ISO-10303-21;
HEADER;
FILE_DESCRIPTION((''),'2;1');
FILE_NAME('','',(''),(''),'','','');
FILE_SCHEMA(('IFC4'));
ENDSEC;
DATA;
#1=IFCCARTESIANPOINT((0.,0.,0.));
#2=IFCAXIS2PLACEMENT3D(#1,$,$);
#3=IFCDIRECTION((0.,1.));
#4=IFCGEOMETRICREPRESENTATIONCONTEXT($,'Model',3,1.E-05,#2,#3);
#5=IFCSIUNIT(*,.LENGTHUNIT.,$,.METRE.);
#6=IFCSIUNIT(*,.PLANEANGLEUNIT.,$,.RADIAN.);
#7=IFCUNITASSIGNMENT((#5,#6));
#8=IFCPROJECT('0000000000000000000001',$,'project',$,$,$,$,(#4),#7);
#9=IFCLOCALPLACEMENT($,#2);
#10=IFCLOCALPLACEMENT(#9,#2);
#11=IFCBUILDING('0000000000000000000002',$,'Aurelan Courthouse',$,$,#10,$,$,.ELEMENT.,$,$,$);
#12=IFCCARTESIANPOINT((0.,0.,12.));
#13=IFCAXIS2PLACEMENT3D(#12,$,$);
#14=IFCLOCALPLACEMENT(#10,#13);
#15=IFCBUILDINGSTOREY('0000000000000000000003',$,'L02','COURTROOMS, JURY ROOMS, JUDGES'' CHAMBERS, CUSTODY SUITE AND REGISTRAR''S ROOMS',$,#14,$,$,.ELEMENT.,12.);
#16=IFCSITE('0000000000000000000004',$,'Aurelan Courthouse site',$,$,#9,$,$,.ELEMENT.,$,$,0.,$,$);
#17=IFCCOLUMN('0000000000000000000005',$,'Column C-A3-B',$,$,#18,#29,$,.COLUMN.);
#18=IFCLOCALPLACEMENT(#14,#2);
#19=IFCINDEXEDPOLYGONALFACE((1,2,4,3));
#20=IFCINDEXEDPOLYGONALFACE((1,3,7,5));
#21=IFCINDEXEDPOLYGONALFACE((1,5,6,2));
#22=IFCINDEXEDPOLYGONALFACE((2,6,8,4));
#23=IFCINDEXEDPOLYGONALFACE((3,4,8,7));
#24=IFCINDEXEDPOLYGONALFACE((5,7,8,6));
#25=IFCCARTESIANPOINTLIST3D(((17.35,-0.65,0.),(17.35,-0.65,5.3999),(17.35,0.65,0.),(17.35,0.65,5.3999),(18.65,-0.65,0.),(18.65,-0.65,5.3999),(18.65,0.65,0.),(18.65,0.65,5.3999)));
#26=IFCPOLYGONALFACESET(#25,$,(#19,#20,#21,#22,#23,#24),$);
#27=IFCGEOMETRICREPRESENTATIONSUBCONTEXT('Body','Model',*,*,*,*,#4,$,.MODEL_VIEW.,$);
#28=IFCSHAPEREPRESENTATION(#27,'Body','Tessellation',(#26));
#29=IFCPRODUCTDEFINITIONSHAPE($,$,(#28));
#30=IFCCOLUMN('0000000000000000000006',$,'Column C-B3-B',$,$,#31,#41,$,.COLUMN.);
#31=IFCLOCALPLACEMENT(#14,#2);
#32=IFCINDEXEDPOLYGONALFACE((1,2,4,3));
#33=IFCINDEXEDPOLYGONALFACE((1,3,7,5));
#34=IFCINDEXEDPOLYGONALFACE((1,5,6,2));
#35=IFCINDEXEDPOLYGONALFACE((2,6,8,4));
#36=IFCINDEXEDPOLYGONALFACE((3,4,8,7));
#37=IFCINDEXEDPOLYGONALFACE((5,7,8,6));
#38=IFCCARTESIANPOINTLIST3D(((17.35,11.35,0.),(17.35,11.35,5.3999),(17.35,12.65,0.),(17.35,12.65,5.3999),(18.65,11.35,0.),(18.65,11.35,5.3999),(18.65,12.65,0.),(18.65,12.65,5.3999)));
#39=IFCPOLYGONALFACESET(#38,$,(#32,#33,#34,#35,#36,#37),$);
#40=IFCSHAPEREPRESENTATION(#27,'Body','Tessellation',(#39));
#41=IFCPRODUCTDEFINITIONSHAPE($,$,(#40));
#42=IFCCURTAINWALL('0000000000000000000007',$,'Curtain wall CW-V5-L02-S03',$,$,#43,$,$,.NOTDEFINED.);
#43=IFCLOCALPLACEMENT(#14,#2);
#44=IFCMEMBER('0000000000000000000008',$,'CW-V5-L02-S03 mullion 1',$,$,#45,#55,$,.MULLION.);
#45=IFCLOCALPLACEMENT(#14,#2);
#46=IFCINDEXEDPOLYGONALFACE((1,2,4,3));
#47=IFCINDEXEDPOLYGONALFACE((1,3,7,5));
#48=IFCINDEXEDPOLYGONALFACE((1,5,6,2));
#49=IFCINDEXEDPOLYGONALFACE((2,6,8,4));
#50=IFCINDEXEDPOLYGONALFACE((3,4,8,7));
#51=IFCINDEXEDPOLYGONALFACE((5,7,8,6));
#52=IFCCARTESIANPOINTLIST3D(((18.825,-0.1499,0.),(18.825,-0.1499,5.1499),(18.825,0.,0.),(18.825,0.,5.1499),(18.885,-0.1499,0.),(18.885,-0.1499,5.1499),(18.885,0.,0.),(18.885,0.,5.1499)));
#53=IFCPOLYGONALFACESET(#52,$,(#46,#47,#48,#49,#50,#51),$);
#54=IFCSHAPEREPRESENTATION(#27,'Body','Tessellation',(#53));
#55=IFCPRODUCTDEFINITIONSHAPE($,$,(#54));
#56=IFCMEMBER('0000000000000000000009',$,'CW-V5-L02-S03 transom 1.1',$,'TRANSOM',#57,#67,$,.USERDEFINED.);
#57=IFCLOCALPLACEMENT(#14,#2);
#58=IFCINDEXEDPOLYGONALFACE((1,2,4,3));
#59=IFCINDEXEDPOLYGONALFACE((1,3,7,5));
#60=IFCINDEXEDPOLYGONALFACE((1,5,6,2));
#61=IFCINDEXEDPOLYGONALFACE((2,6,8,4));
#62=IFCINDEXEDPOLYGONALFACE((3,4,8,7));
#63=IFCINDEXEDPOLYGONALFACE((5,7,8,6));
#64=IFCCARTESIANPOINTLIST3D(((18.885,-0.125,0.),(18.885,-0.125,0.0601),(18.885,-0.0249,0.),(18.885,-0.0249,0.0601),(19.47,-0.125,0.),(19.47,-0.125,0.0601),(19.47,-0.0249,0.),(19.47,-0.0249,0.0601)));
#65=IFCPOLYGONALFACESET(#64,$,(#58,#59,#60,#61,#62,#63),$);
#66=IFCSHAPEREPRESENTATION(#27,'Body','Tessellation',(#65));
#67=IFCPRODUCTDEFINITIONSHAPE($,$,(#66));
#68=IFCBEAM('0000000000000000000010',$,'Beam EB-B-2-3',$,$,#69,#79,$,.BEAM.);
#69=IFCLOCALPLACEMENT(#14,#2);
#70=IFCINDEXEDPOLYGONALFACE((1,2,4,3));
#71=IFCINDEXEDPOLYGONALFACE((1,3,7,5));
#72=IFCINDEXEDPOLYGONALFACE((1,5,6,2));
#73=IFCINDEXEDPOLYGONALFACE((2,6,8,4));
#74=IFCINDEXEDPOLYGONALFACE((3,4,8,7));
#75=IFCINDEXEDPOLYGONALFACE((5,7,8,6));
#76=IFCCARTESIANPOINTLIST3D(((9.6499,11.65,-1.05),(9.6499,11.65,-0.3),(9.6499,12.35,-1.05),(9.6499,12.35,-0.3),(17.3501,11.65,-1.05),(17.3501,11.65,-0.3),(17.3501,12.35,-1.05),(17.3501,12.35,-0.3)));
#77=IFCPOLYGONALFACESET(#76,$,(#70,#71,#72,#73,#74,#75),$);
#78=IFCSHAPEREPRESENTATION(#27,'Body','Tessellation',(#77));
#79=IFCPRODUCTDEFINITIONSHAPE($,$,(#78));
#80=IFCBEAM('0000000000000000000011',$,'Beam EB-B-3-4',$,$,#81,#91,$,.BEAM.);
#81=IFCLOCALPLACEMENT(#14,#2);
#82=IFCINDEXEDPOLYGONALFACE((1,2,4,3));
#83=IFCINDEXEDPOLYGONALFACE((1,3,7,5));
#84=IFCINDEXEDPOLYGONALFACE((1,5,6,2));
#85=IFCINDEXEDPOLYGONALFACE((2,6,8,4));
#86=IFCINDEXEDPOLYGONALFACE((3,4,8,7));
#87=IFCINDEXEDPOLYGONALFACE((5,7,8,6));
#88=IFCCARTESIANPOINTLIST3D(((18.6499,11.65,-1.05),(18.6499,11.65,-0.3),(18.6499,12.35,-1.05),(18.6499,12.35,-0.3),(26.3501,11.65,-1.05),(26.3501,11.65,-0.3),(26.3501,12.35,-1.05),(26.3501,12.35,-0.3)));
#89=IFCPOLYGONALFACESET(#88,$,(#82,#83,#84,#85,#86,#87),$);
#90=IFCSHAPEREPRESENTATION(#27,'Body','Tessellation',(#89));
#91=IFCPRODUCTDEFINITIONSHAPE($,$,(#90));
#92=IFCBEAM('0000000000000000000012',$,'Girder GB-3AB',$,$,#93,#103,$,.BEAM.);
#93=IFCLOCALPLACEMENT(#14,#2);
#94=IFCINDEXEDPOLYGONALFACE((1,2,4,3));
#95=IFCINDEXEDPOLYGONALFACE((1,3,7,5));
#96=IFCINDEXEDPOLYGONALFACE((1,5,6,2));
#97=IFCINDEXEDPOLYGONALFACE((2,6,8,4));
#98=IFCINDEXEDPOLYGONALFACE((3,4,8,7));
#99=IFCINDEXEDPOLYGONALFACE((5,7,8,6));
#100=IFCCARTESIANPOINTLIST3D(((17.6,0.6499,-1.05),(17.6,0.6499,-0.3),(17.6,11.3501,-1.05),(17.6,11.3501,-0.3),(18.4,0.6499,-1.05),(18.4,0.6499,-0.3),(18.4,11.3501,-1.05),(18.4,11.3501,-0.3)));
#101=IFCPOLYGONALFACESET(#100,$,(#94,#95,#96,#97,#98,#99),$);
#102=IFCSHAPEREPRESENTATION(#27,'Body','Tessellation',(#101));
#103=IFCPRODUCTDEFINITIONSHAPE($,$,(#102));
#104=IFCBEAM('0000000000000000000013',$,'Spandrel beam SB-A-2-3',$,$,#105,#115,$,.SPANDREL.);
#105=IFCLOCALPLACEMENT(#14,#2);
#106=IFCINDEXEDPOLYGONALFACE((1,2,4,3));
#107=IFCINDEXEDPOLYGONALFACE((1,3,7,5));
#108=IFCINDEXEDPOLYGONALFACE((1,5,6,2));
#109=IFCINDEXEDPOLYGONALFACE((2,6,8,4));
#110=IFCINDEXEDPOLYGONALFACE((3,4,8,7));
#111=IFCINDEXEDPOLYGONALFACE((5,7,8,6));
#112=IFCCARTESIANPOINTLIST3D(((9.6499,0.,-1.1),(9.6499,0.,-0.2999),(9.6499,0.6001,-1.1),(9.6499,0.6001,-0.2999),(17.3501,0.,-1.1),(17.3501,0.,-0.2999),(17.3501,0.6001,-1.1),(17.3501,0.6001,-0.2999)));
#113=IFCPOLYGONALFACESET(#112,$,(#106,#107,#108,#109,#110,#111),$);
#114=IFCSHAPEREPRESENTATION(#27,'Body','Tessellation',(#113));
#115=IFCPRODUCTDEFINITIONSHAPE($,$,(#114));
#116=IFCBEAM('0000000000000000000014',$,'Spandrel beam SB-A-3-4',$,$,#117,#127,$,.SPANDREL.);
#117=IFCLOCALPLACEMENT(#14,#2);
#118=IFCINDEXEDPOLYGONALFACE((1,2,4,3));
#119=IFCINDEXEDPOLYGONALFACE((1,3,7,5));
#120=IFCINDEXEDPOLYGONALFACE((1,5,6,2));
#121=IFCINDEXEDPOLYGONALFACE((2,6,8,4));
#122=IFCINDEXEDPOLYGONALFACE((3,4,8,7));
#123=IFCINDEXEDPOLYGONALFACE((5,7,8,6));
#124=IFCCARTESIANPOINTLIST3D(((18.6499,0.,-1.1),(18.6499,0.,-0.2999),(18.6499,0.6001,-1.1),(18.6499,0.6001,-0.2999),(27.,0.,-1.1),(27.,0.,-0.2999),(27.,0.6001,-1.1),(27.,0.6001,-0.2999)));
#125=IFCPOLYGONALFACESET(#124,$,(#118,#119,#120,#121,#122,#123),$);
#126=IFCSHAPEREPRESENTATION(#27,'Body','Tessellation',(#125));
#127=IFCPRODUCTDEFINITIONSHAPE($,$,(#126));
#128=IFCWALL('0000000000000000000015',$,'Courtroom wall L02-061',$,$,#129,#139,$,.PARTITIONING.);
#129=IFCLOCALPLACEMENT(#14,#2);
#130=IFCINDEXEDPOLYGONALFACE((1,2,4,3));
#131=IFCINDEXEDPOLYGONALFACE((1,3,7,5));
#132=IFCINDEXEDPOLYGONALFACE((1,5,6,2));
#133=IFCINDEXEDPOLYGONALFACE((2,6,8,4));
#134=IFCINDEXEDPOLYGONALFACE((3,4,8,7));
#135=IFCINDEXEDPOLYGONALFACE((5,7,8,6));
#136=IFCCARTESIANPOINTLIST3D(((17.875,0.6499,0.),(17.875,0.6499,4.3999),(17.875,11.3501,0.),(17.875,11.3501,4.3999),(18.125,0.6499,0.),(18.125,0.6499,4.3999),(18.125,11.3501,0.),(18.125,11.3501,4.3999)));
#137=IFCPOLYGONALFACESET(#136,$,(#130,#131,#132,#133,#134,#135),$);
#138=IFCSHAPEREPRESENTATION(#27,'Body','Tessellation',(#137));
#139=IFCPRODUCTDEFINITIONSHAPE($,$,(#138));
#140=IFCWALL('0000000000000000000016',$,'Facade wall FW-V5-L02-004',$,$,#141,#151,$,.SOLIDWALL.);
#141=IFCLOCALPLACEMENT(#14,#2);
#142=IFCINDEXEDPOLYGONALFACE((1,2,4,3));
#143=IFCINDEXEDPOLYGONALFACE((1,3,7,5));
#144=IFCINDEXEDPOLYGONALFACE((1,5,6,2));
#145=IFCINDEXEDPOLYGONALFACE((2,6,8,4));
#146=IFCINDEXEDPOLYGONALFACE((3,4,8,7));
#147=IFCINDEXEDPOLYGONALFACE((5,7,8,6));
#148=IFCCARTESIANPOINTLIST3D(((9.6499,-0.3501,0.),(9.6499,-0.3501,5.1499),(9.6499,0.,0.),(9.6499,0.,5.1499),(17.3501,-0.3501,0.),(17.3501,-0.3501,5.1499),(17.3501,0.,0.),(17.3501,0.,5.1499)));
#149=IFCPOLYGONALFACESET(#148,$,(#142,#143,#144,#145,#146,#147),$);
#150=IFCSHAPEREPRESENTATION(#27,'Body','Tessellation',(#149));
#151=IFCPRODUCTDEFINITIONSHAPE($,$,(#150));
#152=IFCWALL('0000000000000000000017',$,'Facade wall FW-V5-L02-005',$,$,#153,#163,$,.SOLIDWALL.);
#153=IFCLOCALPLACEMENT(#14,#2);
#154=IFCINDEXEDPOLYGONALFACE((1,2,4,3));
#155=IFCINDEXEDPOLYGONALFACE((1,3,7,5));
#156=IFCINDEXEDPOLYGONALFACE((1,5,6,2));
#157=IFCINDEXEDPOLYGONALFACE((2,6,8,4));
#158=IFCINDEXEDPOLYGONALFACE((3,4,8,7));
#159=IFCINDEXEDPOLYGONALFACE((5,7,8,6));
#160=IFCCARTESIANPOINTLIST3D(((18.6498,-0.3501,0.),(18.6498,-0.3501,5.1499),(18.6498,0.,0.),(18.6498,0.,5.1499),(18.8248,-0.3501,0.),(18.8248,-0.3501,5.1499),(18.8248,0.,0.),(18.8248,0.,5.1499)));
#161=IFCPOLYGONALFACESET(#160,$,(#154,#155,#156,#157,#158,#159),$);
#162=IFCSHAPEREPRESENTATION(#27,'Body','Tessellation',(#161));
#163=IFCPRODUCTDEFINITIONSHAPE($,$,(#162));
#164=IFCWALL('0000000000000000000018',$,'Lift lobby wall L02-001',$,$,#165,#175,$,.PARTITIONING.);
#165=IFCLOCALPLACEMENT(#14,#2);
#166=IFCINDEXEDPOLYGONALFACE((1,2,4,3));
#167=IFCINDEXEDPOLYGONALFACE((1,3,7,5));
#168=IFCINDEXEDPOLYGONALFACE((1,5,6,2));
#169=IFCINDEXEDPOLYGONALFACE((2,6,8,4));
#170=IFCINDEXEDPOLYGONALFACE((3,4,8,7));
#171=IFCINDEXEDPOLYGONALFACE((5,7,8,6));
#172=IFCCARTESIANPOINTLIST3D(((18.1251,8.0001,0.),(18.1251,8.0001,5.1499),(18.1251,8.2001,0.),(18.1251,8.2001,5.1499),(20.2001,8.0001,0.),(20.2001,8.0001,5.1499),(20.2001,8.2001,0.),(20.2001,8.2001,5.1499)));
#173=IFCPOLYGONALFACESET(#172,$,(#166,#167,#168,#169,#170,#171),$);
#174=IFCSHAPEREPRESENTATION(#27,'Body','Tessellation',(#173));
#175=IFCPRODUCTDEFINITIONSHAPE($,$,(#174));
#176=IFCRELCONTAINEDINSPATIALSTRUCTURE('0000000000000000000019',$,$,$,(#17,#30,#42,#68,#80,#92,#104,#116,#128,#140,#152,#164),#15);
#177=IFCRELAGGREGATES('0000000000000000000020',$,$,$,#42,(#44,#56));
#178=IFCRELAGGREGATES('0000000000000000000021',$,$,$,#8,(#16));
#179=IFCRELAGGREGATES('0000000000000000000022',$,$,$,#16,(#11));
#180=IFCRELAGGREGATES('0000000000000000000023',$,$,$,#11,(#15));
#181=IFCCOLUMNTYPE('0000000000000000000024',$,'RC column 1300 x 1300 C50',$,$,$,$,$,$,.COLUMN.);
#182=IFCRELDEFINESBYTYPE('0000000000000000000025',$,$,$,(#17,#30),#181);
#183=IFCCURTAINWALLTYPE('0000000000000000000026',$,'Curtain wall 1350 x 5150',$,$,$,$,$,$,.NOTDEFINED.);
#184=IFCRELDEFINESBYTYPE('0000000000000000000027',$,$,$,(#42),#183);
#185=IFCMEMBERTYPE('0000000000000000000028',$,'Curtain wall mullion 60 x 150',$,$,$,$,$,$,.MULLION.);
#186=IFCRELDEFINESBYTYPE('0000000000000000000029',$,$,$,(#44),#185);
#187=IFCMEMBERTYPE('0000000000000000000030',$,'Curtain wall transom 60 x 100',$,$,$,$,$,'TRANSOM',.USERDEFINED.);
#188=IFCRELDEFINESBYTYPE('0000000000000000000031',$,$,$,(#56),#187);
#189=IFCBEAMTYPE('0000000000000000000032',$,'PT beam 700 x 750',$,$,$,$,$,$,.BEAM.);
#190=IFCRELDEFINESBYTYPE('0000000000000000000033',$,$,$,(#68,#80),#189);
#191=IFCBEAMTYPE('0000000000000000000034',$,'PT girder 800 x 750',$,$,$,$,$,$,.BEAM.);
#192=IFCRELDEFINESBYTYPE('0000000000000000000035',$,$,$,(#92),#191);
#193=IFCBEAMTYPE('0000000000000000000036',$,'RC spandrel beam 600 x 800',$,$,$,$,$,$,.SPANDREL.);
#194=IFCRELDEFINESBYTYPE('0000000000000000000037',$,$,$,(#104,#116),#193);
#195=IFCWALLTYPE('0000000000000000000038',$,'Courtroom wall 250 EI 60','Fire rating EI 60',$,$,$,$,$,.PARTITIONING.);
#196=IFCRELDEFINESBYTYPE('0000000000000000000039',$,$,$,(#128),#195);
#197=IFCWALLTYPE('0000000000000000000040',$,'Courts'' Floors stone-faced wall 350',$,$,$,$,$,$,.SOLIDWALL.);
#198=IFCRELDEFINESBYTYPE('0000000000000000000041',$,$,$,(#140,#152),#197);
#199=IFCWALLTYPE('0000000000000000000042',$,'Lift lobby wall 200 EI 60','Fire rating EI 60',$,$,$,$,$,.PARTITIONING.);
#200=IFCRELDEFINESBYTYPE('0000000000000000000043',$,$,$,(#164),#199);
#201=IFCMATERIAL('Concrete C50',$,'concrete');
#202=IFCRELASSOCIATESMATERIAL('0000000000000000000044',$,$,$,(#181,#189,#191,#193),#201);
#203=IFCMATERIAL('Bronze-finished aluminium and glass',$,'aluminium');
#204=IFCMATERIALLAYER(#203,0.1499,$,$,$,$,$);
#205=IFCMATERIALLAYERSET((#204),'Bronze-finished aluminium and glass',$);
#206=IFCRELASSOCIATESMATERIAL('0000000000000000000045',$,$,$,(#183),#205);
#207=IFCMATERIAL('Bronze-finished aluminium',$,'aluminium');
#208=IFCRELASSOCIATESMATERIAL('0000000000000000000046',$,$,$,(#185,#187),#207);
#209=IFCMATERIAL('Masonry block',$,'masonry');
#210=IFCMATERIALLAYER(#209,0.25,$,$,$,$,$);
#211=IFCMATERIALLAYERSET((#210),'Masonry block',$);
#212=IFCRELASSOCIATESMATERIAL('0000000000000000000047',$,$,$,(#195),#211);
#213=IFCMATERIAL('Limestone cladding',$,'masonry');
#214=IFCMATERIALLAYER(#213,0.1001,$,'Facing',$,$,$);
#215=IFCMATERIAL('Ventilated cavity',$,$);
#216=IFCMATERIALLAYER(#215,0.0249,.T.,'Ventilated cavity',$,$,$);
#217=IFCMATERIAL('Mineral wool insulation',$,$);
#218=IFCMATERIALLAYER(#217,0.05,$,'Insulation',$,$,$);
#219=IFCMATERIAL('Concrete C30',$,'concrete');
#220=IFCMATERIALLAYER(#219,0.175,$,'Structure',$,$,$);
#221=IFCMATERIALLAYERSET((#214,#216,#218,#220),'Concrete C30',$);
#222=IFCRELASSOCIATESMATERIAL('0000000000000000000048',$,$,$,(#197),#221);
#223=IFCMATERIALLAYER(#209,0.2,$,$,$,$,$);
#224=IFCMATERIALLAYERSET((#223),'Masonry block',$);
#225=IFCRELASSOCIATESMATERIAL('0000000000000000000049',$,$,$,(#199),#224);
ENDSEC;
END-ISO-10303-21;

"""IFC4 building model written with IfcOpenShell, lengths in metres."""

from ifc_helpers import new_model, si_unit, direction, frame, frame_2d, origin, origin_2d, place, context, subcontext, project, spatial, rectangle, extrude, material, layer, layer_set, material_profile, profile_set, type_object, element, aggregate, save


model = new_model("IFC4")

# Units and contexts
model_context = context("Model", 3, precision=1e-05, world=origin(), true_north=direction((0.0, 1.0)))
body_context = subcontext(model_context, "Body", "Model", "MODEL_VIEW")
ifc_project = project(units=[si_unit("LENGTHUNIT", "METRE"), si_unit("PLANEANGLEUNIT", "RADIAN")], contexts=[model_context])

# Site, building, storey
site_placement = place(None, origin())
site = spatial("IfcSite", under=ifc_project, at=site_placement, Name="Aurelan Courthouse site", CompositionType="ELEMENT", RefElevation=0.0)
building_placement = place(site_placement, origin())
building = spatial("IfcBuilding", under=site, at=building_placement, Name="Aurelan Courthouse", CompositionType="ELEMENT")
storey_placement = place(building_placement, frame((0.0, 0.0, 12.0)))
storey = spatial("IfcBuildingStorey", under=building, at=storey_placement, Name="L02", Description="COURTROOMS, JURY ROOMS, JUDGES' CHAMBERS, CUSTODY SUITE AND REGISTRAR'S ROOMS", CompositionType="ELEMENT", Elevation=12.0)

# Columns
ifc_material_1 = material(Name="Concrete C50", Category="concrete")
ifc_material_profile_1 = material_profile(ifc_material_1, rectangle(XDim=1.3, YDim=1.3, at=origin_2d()), Name="RC 1300 x 1300")
ifc_profile_set_1 = profile_set([ifc_material_profile_1], Name="Concrete C50")
column_type = type_object("IfcColumnType", Name="RC column 1300 x 1300 C50", PredefinedType="COLUMN", material=ifc_profile_set_1)
for number, where, z_axis, x_axis, name in (
    (1, (18.0, 0.0, 0.0), (0.0, 0.0, 1.0), (1.0, 0.0, 0.0), "Column C-A3-B"),
    (2, (18.0, 12.0, 0.0), (0.0, 0.0, 1.0), (1.0, 0.0, 0.0), "Column C-B3-B"),
):
    element("IfcColumn", number, at=place(storey_placement, frame(where, z_axis=z_axis, x_axis=x_axis)), inside=storey, type_object=column_type, Name=name, PredefinedType="COLUMN", context=body_context, shape_type="SweptSolid", body=[
        extrude(rectangle(XDim=1.3, YDim=1.3, at=origin_2d()), origin(), (0.0, 0.0, 1.0), 5.3999),
    ])

# Curtain wall, members
ifc_material_2 = material(Name="Bronze-finished aluminium and glass", Category="aluminium")
ifc_layer_1 = layer(ifc_material_2, 0.1499)
ifc_layer_set_1 = layer_set([ifc_layer_1], Name="Bronze-finished aluminium and glass")
curtain_wall_type = type_object("IfcCurtainWallType", Name="Curtain wall 1350 x 5150", PredefinedType="NOTDEFINED", material=ifc_layer_set_1)
curtain_wall_placement = place(storey_placement, origin())
curtain_wall = element("IfcCurtainWall", 3, at=curtain_wall_placement, inside=storey, type_object=curtain_wall_type, Name="Curtain wall CW-V5-L02-S03", PredefinedType="NOTDEFINED")
ifc_material_3 = material(Name="Bronze-finished aluminium", Category="aluminium")
ifc_material_profile_2 = material_profile(ifc_material_3, rectangle(XDim=0.1499, YDim=0.0601, at=origin_2d()), Name="Bronze mullion 60 x 150")
ifc_profile_set_2 = profile_set([ifc_material_profile_2], Name="Bronze-finished aluminium")
member_type_1 = type_object("IfcMemberType", Name="Curtain wall mullion 60 x 150", PredefinedType="MULLION", material=ifc_profile_set_2)
member_1_placement = place(storey_placement, frame((18.855, -0.075, 0.0), z_axis=(0.0, 0.0, 1.0), x_axis=(0.0, 1.0, 0.0)))
member_1 = element("IfcMember", 4, at=member_1_placement, type_object=member_type_1, Name="CW-V5-L02-S03 mullion 1", PredefinedType="MULLION", context=body_context, shape_type="SweptSolid", body=[
    extrude(rectangle(XDim=0.1499, YDim=0.0601, at=origin_2d()), origin(), (0.0, 0.0, 1.0), 5.1499),
])
ifc_material_profile_3 = material_profile(ifc_material_3, rectangle(XDim=0.1001, YDim=0.0601, at=origin_2d()), Name="Bronze transom 60 x 100")
ifc_profile_set_3 = profile_set([ifc_material_profile_3], Name="Bronze-finished aluminium")
member_type_2 = type_object("IfcMemberType", Name="Curtain wall transom 60 x 100", ElementType="TRANSOM", PredefinedType="USERDEFINED", material=ifc_profile_set_3)
member_2_placement = place(storey_placement, frame((18.885, -0.075, 0.03), z_axis=(1.0, 0.0, 0.0), x_axis=(0.0, 1.0, 0.0)))
member_2 = element("IfcMember", 5, at=member_2_placement, type_object=member_type_2, Name="CW-V5-L02-S03 transom 1.1", ObjectType="TRANSOM", PredefinedType="USERDEFINED", context=body_context, shape_type="SweptSolid", body=[
    extrude(rectangle(XDim=0.1001, YDim=0.0601, at=origin_2d()), origin(), (0.0, 0.0, 1.0), 0.585),
])
aggregate(curtain_wall, [member_1, member_2])

# Beams
ifc_material_profile_4 = material_profile(ifc_material_1, rectangle(XDim=0.7, YDim=0.75, at=origin_2d()), Name="RC 700 x 750")
ifc_profile_set_4 = profile_set([ifc_material_profile_4], Name="Concrete C50")
beam_type_1 = type_object("IfcBeamType", Name="PT beam 700 x 750", PredefinedType="BEAM", material=ifc_profile_set_4)
for number, where, z_axis, x_axis, name in (
    (6, (9.6499, 12.0, -0.675), (1.0, 0.0, 0.0), (0.0, 1.0, 0.0), "Beam EB-B-2-3"),
    (7, (18.6499, 12.0, -0.675), (1.0, 0.0, 0.0), (0.0, 1.0, 0.0), "Beam EB-B-3-4"),
):
    element("IfcBeam", number, at=place(storey_placement, frame(where, z_axis=z_axis, x_axis=x_axis)), inside=storey, type_object=beam_type_1, Name=name, PredefinedType="BEAM", context=body_context, shape_type="SweptSolid", body=[
        extrude(rectangle(XDim=0.7, YDim=0.75, at=origin_2d()), origin(), (0.0, 0.0, 1.0), 7.7002),
    ])
ifc_material_profile_5 = material_profile(ifc_material_1, rectangle(XDim=0.8, YDim=0.75, at=origin_2d()), Name="RC 800 x 750")
ifc_profile_set_5 = profile_set([ifc_material_profile_5], Name="Concrete C50")
beam_type_2 = type_object("IfcBeamType", Name="PT girder 800 x 750", PredefinedType="BEAM", material=ifc_profile_set_5)
beam_1_placement = place(storey_placement, frame((18.0, 0.6499, -0.675), z_axis=(0.0, 1.0, 0.0), x_axis=(-1.0, 0.0, 0.0)))
element("IfcBeam", 8, at=beam_1_placement, inside=storey, type_object=beam_type_2, Name="Girder GB-3AB", PredefinedType="BEAM", context=body_context, shape_type="SweptSolid", body=[
    extrude(rectangle(XDim=0.8, YDim=0.75, at=origin_2d()), origin(), (0.0, 0.0, 1.0), 10.7002),
])
ifc_material_profile_6 = material_profile(ifc_material_1, rectangle(XDim=0.6001, YDim=0.8, at=origin_2d()), Name="RC 600 x 800")
ifc_profile_set_6 = profile_set([ifc_material_profile_6], Name="Concrete C50")
beam_type_3 = type_object("IfcBeamType", Name="RC spandrel beam 600 x 800", PredefinedType="SPANDREL", material=ifc_profile_set_6)
beam_2_placement = place(storey_placement, frame((9.6499, 0.3, -0.7), z_axis=(1.0, 0.0, 0.0), x_axis=(0.0, 1.0, 0.0)))
element("IfcBeam", 9, at=beam_2_placement, inside=storey, type_object=beam_type_3, Name="Spandrel beam SB-A-2-3", PredefinedType="SPANDREL", context=body_context, shape_type="SweptSolid", body=[
    extrude(rectangle(XDim=0.6001, YDim=0.8, at=origin_2d()), origin(), (0.0, 0.0, 1.0), 7.7002),
])
beam_3_placement = place(storey_placement, frame((18.6499, 0.3, -0.7), z_axis=(1.0, 0.0, 0.0), x_axis=(0.0, 1.0, 0.0)))
element("IfcBeam", 10, at=beam_3_placement, inside=storey, type_object=beam_type_3, Name="Spandrel beam SB-A-3-4", PredefinedType="SPANDREL", context=body_context, shape_type="SweptSolid", body=[
    extrude(rectangle(XDim=0.6001, YDim=0.8, at=origin_2d()), origin(), (0.0, 0.0, 1.0), 8.3501),
])

# Walls
ifc_material_4 = material(Name="Masonry block", Category="masonry")
ifc_layer_2 = layer(ifc_material_4, 0.25)
ifc_layer_set_2 = layer_set([ifc_layer_2], Name="Masonry block")
wall_type_1 = type_object("IfcWallType", Name="Courtroom wall 250 EI 60", Description="Fire rating EI 60", PredefinedType="PARTITIONING", material=ifc_layer_set_2)
wall_1_placement = place(storey_placement, frame((18.0, 0.6499, 0.0), z_axis=(0.0, 0.0, 1.0), x_axis=(0.0, 1.0, 0.0)))
element("IfcWall", 11, at=wall_1_placement, inside=storey, type_object=wall_type_1, Name="Courtroom wall L02-061", PredefinedType="PARTITIONING", context=body_context, shape_type="SweptSolid", body=[
    extrude(rectangle(XDim=10.7002, YDim=0.25, at=frame_2d((5.3501, 0.0))), origin(), (0.0, 0.0, 1.0), 4.3999),
])
ifc_material_5 = material(Name="Limestone cladding", Category="masonry")
ifc_layer_3 = layer(ifc_material_5, 0.1001, Name="Facing")
ifc_material_6 = material(Name="Ventilated cavity")
ifc_layer_4 = layer(ifc_material_6, 0.0249, ventilated=True, Name="Ventilated cavity")
ifc_material_7 = material(Name="Mineral wool insulation")
ifc_layer_5 = layer(ifc_material_7, 0.05, Name="Insulation")
ifc_material_8 = material(Name="Concrete C30", Category="concrete")
ifc_layer_6 = layer(ifc_material_8, 0.175, Name="Structure")
ifc_layer_set_3 = layer_set([ifc_layer_3, ifc_layer_4, ifc_layer_5, ifc_layer_6], Name="Concrete C30")
wall_type_2 = type_object("IfcWallType", Name="Courts' Floors stone-faced wall 350", PredefinedType="SOLIDWALL", material=ifc_layer_set_3)
wall_2_placement = place(storey_placement, frame((9.6499, -0.175, 0.0), z_axis=(0.0, 0.0, 1.0), x_axis=(1.0, 0.0, 0.0)))
element("IfcWall", 12, at=wall_2_placement, inside=storey, type_object=wall_type_2, Name="Facade wall FW-V5-L02-004", PredefinedType="SOLIDWALL", context=body_context, shape_type="SweptSolid", body=[
    extrude(rectangle(XDim=7.7002, YDim=0.3501, at=frame_2d((3.8501, 0.0))), origin(), (0.0, 0.0, 1.0), 5.1499),
])
wall_3_placement = place(storey_placement, frame((18.6499, -0.175, 0.0), z_axis=(0.0, 0.0, 1.0), x_axis=(1.0, 0.0, 0.0)))
element("IfcWall", 13, at=wall_3_placement, inside=storey, type_object=wall_type_2, Name="Facade wall FW-V5-L02-005", PredefinedType="SOLIDWALL", context=body_context, shape_type="SweptSolid", body=[
    extrude(rectangle(XDim=0.175, YDim=0.3501, at=frame_2d((0.0874, 0.0))), origin(), (0.0, 0.0, 1.0), 5.1499),
])
ifc_layer_7 = layer(ifc_material_4, 0.2)
ifc_layer_set_4 = layer_set([ifc_layer_7], Name="Masonry block")
wall_type_3 = type_object("IfcWallType", Name="Lift lobby wall 200 EI 60", Description="Fire rating EI 60", PredefinedType="PARTITIONING", material=ifc_layer_set_4)
wall_4_placement = place(storey_placement, frame((18.125, 8.1001, 0.0), z_axis=(0.0, 0.0, 1.0), x_axis=(1.0, 0.0, 0.0)))
element("IfcWall", 14, at=wall_4_placement, inside=storey, type_object=wall_type_3, Name="Lift lobby wall L02-001", PredefinedType="PARTITIONING", context=body_context, shape_type="SweptSolid", body=[
    extrude(rectangle(XDim=2.075, YDim=0.2, at=frame_2d((1.0376, 0.0))), origin(), (0.0, 0.0, 1.0), 5.1499),
])

save(model, "model.ifc")
